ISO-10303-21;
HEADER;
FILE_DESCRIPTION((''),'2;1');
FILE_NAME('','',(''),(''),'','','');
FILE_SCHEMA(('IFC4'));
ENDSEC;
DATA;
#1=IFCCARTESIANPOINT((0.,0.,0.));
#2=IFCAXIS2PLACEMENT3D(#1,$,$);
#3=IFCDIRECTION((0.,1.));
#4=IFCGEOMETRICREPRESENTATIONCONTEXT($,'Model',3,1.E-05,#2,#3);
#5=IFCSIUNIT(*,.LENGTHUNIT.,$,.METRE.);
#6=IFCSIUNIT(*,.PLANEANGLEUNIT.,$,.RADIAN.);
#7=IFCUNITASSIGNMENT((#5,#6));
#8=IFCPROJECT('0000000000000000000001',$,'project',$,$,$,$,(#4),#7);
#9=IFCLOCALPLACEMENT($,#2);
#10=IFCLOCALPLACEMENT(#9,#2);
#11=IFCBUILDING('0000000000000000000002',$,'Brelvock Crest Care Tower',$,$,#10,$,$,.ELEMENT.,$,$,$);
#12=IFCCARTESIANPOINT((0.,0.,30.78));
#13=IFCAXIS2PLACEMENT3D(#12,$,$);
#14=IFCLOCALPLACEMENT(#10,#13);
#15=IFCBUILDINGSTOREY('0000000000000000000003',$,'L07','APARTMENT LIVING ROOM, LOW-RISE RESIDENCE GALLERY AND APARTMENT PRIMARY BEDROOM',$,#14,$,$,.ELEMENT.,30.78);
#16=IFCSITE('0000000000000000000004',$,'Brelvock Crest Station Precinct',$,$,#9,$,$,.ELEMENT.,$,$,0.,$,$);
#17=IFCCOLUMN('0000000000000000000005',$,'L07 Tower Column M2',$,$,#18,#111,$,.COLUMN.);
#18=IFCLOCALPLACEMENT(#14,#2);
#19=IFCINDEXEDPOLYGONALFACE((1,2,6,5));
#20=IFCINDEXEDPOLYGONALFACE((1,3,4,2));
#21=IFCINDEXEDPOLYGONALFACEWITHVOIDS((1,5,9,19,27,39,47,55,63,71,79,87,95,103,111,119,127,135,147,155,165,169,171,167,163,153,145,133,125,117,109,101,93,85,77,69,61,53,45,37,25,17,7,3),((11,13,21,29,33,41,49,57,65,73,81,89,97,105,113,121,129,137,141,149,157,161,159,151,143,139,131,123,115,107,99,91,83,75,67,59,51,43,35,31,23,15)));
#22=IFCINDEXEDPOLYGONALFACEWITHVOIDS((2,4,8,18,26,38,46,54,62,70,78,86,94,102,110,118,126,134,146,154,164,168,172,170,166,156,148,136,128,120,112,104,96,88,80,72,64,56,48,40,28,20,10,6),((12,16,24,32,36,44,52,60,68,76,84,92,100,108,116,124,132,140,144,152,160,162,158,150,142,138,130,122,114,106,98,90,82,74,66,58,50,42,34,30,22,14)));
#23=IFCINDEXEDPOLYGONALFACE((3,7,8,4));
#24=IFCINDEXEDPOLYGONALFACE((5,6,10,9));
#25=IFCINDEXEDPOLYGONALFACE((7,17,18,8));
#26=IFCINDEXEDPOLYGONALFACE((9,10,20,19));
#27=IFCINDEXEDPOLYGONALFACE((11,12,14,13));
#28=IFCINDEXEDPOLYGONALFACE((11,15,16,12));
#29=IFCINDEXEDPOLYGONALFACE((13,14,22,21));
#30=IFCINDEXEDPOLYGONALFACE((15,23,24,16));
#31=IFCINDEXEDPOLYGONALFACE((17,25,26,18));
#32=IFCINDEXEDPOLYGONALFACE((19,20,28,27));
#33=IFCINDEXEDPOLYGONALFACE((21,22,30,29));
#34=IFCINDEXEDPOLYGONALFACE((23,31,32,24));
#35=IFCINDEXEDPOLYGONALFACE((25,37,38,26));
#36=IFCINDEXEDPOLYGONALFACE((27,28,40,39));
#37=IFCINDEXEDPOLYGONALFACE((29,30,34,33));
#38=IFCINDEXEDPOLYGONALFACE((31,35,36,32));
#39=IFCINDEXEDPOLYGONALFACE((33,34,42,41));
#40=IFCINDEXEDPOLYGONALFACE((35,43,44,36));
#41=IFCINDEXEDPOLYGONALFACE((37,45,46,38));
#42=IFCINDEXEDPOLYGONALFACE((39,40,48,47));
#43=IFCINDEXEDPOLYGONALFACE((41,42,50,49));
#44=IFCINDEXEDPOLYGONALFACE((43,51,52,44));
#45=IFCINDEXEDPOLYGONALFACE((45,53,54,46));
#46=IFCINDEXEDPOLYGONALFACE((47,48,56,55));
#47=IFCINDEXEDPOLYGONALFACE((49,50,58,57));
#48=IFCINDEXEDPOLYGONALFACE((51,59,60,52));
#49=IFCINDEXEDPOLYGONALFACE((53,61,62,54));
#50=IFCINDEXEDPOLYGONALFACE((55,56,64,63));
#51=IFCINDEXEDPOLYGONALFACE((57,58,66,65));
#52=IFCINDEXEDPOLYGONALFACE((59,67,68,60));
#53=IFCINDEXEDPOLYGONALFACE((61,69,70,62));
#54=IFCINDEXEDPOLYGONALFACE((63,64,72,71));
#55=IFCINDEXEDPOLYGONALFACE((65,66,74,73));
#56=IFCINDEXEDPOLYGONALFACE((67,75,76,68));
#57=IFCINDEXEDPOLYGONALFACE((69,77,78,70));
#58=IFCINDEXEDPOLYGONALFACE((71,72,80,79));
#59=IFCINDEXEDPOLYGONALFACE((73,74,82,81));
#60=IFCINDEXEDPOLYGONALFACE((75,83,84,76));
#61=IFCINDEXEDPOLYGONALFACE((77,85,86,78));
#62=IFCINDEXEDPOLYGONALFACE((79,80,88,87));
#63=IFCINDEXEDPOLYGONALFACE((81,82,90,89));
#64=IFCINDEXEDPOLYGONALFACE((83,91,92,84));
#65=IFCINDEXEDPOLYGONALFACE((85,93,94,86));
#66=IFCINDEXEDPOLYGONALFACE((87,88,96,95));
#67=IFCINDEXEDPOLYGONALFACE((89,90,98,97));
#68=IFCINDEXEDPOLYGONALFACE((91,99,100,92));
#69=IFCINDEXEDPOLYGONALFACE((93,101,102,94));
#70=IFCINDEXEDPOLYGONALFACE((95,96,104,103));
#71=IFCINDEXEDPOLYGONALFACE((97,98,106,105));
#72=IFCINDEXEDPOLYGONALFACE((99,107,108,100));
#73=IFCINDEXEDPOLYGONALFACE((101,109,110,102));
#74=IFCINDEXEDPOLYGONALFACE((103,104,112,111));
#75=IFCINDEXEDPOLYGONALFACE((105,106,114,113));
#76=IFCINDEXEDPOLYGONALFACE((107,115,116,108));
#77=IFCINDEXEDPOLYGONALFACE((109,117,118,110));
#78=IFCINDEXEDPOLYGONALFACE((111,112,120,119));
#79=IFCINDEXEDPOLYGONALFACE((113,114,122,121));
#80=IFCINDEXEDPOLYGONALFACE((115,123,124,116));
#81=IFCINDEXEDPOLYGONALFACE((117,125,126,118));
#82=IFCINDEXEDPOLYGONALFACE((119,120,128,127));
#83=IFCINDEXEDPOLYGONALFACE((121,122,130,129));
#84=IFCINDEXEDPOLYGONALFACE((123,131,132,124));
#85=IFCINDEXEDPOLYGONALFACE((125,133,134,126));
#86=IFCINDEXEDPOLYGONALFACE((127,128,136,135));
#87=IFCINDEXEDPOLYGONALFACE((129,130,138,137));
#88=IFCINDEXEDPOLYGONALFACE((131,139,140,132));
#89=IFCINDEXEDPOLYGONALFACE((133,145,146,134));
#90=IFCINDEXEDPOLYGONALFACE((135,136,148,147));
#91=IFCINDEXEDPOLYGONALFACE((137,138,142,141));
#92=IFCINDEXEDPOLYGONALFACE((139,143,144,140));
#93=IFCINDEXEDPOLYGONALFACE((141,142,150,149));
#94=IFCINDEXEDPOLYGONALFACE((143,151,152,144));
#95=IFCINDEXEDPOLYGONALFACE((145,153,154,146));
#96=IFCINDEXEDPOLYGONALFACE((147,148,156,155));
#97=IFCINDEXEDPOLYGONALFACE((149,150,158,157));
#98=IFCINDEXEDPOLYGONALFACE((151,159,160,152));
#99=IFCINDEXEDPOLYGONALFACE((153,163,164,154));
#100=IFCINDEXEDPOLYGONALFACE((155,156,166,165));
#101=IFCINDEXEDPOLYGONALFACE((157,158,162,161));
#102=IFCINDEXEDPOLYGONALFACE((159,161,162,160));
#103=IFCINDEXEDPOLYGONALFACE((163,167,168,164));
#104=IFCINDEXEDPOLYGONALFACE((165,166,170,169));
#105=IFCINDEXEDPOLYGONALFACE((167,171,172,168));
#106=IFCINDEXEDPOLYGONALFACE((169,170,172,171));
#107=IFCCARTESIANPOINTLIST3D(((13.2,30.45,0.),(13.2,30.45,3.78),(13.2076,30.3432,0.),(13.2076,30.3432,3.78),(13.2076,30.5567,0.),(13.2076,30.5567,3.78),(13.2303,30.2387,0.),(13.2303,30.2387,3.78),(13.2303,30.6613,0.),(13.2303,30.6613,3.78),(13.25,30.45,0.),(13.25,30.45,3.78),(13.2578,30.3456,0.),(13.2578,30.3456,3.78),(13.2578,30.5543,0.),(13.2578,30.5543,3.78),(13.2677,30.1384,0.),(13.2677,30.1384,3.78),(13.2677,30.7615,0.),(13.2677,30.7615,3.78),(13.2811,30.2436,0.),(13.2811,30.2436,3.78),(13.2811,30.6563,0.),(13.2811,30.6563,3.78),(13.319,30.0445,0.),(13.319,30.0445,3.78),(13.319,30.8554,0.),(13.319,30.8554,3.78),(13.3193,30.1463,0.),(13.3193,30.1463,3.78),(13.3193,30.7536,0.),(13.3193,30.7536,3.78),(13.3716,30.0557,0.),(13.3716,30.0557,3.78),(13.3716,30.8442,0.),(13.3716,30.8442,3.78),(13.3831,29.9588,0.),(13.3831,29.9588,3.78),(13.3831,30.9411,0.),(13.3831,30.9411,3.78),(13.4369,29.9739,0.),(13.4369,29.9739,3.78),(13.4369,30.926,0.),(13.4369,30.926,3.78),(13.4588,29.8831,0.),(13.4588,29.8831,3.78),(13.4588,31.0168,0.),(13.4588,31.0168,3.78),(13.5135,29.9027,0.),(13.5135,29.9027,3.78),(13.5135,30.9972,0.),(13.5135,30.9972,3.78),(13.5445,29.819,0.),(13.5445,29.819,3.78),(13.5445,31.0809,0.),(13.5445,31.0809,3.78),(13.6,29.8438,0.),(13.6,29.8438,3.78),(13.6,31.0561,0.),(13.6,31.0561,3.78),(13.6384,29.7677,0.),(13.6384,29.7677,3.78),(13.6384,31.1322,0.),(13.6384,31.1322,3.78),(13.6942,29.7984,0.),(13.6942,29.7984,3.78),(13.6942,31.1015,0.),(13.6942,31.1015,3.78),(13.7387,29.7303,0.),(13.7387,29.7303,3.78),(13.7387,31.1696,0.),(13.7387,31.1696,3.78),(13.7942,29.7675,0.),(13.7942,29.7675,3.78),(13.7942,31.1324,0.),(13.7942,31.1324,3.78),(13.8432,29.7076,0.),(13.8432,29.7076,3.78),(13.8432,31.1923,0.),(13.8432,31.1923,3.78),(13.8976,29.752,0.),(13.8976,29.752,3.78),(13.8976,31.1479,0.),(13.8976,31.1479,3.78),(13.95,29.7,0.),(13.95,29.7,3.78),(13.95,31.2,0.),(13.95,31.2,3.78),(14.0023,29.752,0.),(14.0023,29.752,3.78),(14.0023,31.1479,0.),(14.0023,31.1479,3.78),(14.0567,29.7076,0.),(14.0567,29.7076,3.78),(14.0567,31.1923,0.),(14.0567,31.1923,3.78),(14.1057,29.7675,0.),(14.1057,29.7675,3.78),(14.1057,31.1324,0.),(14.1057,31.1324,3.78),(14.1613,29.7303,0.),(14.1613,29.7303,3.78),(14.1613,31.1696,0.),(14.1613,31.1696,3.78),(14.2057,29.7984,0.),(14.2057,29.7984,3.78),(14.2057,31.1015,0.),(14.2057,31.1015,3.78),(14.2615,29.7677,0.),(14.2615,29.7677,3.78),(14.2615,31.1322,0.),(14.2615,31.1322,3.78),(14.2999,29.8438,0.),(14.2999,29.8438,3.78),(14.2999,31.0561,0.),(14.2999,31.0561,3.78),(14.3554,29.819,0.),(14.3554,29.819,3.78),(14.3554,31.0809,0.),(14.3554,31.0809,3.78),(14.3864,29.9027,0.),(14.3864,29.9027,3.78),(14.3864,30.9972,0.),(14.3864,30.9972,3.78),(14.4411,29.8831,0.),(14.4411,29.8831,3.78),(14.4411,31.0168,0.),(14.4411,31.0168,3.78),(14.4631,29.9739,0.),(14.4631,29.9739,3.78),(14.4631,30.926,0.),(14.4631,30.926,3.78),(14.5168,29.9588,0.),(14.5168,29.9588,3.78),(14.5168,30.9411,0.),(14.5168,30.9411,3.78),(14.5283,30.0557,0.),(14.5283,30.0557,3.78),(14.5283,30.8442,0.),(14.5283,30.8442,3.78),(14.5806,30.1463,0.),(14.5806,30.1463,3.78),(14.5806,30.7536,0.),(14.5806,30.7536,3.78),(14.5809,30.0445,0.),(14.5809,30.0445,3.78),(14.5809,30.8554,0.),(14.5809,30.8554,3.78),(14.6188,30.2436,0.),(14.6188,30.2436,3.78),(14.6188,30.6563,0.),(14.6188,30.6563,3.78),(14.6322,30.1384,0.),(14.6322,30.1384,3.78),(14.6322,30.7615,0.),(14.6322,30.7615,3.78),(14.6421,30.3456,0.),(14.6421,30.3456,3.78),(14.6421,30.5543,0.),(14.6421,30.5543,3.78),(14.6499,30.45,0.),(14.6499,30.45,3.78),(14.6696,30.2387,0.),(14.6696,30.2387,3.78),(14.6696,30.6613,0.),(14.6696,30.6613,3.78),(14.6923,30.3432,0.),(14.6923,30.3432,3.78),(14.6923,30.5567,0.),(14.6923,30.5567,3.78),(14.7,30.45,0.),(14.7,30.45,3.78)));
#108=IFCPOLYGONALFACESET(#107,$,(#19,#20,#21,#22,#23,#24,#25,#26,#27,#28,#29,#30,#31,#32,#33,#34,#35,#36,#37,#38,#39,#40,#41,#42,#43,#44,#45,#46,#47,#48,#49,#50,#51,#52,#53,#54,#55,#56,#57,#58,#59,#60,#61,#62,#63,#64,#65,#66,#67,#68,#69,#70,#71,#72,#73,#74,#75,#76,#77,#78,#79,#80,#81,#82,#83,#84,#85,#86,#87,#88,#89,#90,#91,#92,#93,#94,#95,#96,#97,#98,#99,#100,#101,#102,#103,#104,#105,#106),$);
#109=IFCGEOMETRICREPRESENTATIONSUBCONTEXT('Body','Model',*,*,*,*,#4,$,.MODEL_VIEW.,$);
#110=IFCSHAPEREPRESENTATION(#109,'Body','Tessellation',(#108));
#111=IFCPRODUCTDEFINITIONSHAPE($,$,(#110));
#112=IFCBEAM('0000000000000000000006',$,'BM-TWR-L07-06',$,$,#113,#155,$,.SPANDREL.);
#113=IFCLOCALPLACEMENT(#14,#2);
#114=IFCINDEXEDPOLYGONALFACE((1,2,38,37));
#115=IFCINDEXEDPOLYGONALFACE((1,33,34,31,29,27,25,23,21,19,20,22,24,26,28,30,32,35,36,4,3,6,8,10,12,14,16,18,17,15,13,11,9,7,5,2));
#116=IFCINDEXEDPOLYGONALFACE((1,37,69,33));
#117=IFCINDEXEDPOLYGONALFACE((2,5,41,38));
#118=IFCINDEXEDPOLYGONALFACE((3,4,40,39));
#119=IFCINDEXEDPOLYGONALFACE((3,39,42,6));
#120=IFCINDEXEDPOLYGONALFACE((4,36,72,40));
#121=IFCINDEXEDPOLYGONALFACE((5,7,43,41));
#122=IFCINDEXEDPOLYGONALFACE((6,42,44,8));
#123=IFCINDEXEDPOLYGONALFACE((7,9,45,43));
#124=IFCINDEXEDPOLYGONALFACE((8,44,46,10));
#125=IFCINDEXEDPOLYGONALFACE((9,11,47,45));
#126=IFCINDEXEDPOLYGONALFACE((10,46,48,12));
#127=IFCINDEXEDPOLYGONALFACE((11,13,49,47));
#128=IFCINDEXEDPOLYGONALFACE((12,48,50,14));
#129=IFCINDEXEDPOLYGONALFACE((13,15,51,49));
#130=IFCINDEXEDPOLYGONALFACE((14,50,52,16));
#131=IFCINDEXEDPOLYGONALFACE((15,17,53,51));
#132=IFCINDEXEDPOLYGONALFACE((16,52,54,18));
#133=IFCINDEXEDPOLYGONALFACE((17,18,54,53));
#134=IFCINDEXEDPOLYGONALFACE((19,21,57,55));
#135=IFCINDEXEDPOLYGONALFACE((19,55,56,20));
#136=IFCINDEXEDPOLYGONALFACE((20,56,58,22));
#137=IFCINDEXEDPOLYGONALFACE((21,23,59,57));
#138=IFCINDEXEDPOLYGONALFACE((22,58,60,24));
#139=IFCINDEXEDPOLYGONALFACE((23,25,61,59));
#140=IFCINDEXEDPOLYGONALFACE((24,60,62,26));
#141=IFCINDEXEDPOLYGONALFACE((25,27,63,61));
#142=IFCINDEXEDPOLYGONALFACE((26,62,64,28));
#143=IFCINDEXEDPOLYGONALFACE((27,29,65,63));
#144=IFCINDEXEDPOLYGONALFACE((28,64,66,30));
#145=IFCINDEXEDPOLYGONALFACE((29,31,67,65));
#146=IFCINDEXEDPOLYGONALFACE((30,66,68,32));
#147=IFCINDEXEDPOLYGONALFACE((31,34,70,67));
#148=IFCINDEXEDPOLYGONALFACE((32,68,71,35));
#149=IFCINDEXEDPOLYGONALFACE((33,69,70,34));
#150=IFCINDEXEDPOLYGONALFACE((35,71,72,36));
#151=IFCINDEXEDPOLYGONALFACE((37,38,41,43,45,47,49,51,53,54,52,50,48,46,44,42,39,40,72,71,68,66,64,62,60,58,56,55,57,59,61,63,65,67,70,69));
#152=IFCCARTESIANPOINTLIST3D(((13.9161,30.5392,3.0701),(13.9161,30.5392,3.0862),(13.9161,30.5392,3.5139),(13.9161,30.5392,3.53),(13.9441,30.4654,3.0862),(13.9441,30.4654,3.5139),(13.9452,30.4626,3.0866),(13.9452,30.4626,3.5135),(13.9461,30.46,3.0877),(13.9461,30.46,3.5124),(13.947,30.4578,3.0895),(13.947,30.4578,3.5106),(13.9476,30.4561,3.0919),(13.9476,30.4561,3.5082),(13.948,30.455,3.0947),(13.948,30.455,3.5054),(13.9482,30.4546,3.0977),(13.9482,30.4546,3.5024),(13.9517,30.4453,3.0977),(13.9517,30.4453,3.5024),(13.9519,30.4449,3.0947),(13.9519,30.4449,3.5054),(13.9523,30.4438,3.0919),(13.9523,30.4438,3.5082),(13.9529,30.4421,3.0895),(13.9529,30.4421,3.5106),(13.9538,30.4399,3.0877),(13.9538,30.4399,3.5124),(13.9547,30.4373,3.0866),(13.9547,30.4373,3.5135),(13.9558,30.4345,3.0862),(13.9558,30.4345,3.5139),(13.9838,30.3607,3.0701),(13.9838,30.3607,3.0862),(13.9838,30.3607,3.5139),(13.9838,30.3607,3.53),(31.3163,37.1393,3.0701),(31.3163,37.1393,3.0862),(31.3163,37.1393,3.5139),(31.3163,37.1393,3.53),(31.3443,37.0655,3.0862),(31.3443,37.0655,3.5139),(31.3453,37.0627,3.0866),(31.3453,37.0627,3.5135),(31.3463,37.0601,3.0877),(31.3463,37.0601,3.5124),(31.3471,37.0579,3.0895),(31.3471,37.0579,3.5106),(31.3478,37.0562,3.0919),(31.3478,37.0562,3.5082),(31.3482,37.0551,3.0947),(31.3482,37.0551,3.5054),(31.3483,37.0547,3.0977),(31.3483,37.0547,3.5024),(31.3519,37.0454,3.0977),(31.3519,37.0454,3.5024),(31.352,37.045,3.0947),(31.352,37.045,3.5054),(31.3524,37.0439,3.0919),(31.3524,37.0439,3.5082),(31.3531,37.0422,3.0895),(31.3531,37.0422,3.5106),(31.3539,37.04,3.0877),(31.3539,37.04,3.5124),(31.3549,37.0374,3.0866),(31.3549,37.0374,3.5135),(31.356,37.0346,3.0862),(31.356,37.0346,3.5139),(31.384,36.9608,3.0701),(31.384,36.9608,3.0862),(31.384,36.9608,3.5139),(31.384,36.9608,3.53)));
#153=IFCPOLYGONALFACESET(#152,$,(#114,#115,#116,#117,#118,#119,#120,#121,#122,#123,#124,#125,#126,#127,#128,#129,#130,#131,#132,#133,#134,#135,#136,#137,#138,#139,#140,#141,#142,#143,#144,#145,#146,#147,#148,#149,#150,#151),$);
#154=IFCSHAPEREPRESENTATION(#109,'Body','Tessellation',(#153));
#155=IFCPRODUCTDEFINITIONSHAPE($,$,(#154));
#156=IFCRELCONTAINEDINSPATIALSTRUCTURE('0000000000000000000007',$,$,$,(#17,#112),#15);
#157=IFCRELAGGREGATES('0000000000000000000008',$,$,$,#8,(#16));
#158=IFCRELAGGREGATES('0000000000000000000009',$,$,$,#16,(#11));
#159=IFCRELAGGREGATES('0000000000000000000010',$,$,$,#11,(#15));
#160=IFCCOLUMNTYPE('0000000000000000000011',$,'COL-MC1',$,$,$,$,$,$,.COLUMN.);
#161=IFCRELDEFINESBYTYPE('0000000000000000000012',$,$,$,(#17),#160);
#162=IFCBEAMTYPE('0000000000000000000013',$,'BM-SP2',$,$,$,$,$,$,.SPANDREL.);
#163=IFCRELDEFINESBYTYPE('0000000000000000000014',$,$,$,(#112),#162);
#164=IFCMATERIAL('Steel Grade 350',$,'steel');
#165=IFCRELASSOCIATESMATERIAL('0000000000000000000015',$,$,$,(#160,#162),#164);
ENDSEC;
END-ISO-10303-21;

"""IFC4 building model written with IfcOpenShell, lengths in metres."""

from ifc_helpers import new_model, si_unit, direction, frame, origin, origin_2d, place, context, subcontext, project, spatial, hollow_circle, i_section, extrude, source, transform, mapped, material, material_profile, profile_set, type_object, element, save


model = new_model("IFC4")

# Units and contexts
model_context = context("Model", 3, precision=1e-05, world=origin(), true_north=direction((0.0, 1.0)))
body_context = subcontext(model_context, "Body", "Model", "MODEL_VIEW")
ifc_project = project(units=[si_unit("LENGTHUNIT", "METRE"), si_unit("PLANEANGLEUNIT", "RADIAN")], contexts=[model_context])

# Site, building, storey
site_placement = place(None, origin())
site = spatial("IfcSite", under=ifc_project, at=site_placement, Name="Brelvock Crest Station Precinct", CompositionType="ELEMENT", RefElevation=0.0)
building_placement = place(site_placement, origin())
building = spatial("IfcBuilding", under=site, at=building_placement, Name="Brelvock Crest Care Tower", CompositionType="ELEMENT")
storey_placement = place(building_placement, frame((0.0, 0.0, 30.78)))
storey = spatial("IfcBuildingStorey", under=building, at=storey_placement, Name="L07", Description="APARTMENT LIVING ROOM, LOW-RISE RESIDENCE GALLERY AND APARTMENT PRIMARY BEDROOM", CompositionType="ELEMENT", Elevation=30.78)

# Column
ifc_material_1 = material(Name="Steel Grade 350", Category="steel")
ifc_material_profile_1 = material_profile(ifc_material_1, hollow_circle(Radius=0.75, WallThickness=0.05, at=origin_2d()), Name="CFT1500x50")
ifc_profile_set_1 = profile_set([ifc_material_profile_1], Name="Steel Grade 350")
column_type = type_object("IfcColumnType", Name="COL-MC1", PredefinedType="COLUMN", material=ifc_profile_set_1)
shared_shape_1 = source(origin(), body_context, "Body", "SweptSolid", [
    extrude(hollow_circle(Radius=0.75, WallThickness=0.05, at=origin_2d()), origin(), (0.0, 0.0, 1.0), 3.78),
])
column_placement = place(storey_placement, frame((13.95, 30.45, 0.0), z_axis=(0.0, 0.0, 1.0), x_axis=(1.0, 0.0, 0.0)))
element("IfcColumn", 1, at=column_placement, inside=storey, type_object=column_type, Name="L07 Tower Column M2", PredefinedType="COLUMN", context=body_context, shape_type="MappedRepresentation", body=[
    mapped(shared_shape_1, transform((0.0, 0.0, 0.0), x_axis=(1.0, 0.0, 0.0), y_axis=(0.0, 1.0, 0.0), z_axis=(0.0, 0.0, 1.0), scale=1.0)),
])

# Beam
ifc_material_profile_2 = material_profile(ifc_material_1, i_section(OverallWidth=0.1909, OverallDepth=0.46, WebThickness=0.01, FlangeThickness=0.0161, FilletRadius=0.0115, at=origin_2d()), Name="460UB82.1")
ifc_profile_set_2 = profile_set([ifc_material_profile_2], Name="Steel Grade 350")
beam_type_1 = type_object("IfcBeamType", Name="BM-SP2", PredefinedType="SPANDREL", material=ifc_profile_set_2)
shared_shape_2 = source(origin(), body_context, "Body", "SweptSolid", [
    extrude(i_section(OverallWidth=0.1909, OverallDepth=0.46, WebThickness=0.01, FlangeThickness=0.0161, FilletRadius=0.0115, at=origin_2d()), origin(), (0.0, 0.0, 1.0), 18.6099),
])
beam_1_placement = place(storey_placement, frame((13.95, 30.45, 3.3), z_axis=(0.934997, 0.354656, 0.0), x_axis=(-0.354656, 0.934997, 0.0)))
element("IfcBeam", 2, at=beam_1_placement, inside=storey, type_object=beam_type_1, Name="BM-TWR-L07-06", PredefinedType="SPANDREL", context=body_context, shape_type="MappedRepresentation", body=[
    mapped(shared_shape_2, transform((0.0, 0.0, 0.0), x_axis=(1.0, 0.0, 0.0), y_axis=(0.0, 1.0, 0.0), z_axis=(0.0, 0.0, 1.0), scale=1.0)),
])

save(model, "model.ifc")
